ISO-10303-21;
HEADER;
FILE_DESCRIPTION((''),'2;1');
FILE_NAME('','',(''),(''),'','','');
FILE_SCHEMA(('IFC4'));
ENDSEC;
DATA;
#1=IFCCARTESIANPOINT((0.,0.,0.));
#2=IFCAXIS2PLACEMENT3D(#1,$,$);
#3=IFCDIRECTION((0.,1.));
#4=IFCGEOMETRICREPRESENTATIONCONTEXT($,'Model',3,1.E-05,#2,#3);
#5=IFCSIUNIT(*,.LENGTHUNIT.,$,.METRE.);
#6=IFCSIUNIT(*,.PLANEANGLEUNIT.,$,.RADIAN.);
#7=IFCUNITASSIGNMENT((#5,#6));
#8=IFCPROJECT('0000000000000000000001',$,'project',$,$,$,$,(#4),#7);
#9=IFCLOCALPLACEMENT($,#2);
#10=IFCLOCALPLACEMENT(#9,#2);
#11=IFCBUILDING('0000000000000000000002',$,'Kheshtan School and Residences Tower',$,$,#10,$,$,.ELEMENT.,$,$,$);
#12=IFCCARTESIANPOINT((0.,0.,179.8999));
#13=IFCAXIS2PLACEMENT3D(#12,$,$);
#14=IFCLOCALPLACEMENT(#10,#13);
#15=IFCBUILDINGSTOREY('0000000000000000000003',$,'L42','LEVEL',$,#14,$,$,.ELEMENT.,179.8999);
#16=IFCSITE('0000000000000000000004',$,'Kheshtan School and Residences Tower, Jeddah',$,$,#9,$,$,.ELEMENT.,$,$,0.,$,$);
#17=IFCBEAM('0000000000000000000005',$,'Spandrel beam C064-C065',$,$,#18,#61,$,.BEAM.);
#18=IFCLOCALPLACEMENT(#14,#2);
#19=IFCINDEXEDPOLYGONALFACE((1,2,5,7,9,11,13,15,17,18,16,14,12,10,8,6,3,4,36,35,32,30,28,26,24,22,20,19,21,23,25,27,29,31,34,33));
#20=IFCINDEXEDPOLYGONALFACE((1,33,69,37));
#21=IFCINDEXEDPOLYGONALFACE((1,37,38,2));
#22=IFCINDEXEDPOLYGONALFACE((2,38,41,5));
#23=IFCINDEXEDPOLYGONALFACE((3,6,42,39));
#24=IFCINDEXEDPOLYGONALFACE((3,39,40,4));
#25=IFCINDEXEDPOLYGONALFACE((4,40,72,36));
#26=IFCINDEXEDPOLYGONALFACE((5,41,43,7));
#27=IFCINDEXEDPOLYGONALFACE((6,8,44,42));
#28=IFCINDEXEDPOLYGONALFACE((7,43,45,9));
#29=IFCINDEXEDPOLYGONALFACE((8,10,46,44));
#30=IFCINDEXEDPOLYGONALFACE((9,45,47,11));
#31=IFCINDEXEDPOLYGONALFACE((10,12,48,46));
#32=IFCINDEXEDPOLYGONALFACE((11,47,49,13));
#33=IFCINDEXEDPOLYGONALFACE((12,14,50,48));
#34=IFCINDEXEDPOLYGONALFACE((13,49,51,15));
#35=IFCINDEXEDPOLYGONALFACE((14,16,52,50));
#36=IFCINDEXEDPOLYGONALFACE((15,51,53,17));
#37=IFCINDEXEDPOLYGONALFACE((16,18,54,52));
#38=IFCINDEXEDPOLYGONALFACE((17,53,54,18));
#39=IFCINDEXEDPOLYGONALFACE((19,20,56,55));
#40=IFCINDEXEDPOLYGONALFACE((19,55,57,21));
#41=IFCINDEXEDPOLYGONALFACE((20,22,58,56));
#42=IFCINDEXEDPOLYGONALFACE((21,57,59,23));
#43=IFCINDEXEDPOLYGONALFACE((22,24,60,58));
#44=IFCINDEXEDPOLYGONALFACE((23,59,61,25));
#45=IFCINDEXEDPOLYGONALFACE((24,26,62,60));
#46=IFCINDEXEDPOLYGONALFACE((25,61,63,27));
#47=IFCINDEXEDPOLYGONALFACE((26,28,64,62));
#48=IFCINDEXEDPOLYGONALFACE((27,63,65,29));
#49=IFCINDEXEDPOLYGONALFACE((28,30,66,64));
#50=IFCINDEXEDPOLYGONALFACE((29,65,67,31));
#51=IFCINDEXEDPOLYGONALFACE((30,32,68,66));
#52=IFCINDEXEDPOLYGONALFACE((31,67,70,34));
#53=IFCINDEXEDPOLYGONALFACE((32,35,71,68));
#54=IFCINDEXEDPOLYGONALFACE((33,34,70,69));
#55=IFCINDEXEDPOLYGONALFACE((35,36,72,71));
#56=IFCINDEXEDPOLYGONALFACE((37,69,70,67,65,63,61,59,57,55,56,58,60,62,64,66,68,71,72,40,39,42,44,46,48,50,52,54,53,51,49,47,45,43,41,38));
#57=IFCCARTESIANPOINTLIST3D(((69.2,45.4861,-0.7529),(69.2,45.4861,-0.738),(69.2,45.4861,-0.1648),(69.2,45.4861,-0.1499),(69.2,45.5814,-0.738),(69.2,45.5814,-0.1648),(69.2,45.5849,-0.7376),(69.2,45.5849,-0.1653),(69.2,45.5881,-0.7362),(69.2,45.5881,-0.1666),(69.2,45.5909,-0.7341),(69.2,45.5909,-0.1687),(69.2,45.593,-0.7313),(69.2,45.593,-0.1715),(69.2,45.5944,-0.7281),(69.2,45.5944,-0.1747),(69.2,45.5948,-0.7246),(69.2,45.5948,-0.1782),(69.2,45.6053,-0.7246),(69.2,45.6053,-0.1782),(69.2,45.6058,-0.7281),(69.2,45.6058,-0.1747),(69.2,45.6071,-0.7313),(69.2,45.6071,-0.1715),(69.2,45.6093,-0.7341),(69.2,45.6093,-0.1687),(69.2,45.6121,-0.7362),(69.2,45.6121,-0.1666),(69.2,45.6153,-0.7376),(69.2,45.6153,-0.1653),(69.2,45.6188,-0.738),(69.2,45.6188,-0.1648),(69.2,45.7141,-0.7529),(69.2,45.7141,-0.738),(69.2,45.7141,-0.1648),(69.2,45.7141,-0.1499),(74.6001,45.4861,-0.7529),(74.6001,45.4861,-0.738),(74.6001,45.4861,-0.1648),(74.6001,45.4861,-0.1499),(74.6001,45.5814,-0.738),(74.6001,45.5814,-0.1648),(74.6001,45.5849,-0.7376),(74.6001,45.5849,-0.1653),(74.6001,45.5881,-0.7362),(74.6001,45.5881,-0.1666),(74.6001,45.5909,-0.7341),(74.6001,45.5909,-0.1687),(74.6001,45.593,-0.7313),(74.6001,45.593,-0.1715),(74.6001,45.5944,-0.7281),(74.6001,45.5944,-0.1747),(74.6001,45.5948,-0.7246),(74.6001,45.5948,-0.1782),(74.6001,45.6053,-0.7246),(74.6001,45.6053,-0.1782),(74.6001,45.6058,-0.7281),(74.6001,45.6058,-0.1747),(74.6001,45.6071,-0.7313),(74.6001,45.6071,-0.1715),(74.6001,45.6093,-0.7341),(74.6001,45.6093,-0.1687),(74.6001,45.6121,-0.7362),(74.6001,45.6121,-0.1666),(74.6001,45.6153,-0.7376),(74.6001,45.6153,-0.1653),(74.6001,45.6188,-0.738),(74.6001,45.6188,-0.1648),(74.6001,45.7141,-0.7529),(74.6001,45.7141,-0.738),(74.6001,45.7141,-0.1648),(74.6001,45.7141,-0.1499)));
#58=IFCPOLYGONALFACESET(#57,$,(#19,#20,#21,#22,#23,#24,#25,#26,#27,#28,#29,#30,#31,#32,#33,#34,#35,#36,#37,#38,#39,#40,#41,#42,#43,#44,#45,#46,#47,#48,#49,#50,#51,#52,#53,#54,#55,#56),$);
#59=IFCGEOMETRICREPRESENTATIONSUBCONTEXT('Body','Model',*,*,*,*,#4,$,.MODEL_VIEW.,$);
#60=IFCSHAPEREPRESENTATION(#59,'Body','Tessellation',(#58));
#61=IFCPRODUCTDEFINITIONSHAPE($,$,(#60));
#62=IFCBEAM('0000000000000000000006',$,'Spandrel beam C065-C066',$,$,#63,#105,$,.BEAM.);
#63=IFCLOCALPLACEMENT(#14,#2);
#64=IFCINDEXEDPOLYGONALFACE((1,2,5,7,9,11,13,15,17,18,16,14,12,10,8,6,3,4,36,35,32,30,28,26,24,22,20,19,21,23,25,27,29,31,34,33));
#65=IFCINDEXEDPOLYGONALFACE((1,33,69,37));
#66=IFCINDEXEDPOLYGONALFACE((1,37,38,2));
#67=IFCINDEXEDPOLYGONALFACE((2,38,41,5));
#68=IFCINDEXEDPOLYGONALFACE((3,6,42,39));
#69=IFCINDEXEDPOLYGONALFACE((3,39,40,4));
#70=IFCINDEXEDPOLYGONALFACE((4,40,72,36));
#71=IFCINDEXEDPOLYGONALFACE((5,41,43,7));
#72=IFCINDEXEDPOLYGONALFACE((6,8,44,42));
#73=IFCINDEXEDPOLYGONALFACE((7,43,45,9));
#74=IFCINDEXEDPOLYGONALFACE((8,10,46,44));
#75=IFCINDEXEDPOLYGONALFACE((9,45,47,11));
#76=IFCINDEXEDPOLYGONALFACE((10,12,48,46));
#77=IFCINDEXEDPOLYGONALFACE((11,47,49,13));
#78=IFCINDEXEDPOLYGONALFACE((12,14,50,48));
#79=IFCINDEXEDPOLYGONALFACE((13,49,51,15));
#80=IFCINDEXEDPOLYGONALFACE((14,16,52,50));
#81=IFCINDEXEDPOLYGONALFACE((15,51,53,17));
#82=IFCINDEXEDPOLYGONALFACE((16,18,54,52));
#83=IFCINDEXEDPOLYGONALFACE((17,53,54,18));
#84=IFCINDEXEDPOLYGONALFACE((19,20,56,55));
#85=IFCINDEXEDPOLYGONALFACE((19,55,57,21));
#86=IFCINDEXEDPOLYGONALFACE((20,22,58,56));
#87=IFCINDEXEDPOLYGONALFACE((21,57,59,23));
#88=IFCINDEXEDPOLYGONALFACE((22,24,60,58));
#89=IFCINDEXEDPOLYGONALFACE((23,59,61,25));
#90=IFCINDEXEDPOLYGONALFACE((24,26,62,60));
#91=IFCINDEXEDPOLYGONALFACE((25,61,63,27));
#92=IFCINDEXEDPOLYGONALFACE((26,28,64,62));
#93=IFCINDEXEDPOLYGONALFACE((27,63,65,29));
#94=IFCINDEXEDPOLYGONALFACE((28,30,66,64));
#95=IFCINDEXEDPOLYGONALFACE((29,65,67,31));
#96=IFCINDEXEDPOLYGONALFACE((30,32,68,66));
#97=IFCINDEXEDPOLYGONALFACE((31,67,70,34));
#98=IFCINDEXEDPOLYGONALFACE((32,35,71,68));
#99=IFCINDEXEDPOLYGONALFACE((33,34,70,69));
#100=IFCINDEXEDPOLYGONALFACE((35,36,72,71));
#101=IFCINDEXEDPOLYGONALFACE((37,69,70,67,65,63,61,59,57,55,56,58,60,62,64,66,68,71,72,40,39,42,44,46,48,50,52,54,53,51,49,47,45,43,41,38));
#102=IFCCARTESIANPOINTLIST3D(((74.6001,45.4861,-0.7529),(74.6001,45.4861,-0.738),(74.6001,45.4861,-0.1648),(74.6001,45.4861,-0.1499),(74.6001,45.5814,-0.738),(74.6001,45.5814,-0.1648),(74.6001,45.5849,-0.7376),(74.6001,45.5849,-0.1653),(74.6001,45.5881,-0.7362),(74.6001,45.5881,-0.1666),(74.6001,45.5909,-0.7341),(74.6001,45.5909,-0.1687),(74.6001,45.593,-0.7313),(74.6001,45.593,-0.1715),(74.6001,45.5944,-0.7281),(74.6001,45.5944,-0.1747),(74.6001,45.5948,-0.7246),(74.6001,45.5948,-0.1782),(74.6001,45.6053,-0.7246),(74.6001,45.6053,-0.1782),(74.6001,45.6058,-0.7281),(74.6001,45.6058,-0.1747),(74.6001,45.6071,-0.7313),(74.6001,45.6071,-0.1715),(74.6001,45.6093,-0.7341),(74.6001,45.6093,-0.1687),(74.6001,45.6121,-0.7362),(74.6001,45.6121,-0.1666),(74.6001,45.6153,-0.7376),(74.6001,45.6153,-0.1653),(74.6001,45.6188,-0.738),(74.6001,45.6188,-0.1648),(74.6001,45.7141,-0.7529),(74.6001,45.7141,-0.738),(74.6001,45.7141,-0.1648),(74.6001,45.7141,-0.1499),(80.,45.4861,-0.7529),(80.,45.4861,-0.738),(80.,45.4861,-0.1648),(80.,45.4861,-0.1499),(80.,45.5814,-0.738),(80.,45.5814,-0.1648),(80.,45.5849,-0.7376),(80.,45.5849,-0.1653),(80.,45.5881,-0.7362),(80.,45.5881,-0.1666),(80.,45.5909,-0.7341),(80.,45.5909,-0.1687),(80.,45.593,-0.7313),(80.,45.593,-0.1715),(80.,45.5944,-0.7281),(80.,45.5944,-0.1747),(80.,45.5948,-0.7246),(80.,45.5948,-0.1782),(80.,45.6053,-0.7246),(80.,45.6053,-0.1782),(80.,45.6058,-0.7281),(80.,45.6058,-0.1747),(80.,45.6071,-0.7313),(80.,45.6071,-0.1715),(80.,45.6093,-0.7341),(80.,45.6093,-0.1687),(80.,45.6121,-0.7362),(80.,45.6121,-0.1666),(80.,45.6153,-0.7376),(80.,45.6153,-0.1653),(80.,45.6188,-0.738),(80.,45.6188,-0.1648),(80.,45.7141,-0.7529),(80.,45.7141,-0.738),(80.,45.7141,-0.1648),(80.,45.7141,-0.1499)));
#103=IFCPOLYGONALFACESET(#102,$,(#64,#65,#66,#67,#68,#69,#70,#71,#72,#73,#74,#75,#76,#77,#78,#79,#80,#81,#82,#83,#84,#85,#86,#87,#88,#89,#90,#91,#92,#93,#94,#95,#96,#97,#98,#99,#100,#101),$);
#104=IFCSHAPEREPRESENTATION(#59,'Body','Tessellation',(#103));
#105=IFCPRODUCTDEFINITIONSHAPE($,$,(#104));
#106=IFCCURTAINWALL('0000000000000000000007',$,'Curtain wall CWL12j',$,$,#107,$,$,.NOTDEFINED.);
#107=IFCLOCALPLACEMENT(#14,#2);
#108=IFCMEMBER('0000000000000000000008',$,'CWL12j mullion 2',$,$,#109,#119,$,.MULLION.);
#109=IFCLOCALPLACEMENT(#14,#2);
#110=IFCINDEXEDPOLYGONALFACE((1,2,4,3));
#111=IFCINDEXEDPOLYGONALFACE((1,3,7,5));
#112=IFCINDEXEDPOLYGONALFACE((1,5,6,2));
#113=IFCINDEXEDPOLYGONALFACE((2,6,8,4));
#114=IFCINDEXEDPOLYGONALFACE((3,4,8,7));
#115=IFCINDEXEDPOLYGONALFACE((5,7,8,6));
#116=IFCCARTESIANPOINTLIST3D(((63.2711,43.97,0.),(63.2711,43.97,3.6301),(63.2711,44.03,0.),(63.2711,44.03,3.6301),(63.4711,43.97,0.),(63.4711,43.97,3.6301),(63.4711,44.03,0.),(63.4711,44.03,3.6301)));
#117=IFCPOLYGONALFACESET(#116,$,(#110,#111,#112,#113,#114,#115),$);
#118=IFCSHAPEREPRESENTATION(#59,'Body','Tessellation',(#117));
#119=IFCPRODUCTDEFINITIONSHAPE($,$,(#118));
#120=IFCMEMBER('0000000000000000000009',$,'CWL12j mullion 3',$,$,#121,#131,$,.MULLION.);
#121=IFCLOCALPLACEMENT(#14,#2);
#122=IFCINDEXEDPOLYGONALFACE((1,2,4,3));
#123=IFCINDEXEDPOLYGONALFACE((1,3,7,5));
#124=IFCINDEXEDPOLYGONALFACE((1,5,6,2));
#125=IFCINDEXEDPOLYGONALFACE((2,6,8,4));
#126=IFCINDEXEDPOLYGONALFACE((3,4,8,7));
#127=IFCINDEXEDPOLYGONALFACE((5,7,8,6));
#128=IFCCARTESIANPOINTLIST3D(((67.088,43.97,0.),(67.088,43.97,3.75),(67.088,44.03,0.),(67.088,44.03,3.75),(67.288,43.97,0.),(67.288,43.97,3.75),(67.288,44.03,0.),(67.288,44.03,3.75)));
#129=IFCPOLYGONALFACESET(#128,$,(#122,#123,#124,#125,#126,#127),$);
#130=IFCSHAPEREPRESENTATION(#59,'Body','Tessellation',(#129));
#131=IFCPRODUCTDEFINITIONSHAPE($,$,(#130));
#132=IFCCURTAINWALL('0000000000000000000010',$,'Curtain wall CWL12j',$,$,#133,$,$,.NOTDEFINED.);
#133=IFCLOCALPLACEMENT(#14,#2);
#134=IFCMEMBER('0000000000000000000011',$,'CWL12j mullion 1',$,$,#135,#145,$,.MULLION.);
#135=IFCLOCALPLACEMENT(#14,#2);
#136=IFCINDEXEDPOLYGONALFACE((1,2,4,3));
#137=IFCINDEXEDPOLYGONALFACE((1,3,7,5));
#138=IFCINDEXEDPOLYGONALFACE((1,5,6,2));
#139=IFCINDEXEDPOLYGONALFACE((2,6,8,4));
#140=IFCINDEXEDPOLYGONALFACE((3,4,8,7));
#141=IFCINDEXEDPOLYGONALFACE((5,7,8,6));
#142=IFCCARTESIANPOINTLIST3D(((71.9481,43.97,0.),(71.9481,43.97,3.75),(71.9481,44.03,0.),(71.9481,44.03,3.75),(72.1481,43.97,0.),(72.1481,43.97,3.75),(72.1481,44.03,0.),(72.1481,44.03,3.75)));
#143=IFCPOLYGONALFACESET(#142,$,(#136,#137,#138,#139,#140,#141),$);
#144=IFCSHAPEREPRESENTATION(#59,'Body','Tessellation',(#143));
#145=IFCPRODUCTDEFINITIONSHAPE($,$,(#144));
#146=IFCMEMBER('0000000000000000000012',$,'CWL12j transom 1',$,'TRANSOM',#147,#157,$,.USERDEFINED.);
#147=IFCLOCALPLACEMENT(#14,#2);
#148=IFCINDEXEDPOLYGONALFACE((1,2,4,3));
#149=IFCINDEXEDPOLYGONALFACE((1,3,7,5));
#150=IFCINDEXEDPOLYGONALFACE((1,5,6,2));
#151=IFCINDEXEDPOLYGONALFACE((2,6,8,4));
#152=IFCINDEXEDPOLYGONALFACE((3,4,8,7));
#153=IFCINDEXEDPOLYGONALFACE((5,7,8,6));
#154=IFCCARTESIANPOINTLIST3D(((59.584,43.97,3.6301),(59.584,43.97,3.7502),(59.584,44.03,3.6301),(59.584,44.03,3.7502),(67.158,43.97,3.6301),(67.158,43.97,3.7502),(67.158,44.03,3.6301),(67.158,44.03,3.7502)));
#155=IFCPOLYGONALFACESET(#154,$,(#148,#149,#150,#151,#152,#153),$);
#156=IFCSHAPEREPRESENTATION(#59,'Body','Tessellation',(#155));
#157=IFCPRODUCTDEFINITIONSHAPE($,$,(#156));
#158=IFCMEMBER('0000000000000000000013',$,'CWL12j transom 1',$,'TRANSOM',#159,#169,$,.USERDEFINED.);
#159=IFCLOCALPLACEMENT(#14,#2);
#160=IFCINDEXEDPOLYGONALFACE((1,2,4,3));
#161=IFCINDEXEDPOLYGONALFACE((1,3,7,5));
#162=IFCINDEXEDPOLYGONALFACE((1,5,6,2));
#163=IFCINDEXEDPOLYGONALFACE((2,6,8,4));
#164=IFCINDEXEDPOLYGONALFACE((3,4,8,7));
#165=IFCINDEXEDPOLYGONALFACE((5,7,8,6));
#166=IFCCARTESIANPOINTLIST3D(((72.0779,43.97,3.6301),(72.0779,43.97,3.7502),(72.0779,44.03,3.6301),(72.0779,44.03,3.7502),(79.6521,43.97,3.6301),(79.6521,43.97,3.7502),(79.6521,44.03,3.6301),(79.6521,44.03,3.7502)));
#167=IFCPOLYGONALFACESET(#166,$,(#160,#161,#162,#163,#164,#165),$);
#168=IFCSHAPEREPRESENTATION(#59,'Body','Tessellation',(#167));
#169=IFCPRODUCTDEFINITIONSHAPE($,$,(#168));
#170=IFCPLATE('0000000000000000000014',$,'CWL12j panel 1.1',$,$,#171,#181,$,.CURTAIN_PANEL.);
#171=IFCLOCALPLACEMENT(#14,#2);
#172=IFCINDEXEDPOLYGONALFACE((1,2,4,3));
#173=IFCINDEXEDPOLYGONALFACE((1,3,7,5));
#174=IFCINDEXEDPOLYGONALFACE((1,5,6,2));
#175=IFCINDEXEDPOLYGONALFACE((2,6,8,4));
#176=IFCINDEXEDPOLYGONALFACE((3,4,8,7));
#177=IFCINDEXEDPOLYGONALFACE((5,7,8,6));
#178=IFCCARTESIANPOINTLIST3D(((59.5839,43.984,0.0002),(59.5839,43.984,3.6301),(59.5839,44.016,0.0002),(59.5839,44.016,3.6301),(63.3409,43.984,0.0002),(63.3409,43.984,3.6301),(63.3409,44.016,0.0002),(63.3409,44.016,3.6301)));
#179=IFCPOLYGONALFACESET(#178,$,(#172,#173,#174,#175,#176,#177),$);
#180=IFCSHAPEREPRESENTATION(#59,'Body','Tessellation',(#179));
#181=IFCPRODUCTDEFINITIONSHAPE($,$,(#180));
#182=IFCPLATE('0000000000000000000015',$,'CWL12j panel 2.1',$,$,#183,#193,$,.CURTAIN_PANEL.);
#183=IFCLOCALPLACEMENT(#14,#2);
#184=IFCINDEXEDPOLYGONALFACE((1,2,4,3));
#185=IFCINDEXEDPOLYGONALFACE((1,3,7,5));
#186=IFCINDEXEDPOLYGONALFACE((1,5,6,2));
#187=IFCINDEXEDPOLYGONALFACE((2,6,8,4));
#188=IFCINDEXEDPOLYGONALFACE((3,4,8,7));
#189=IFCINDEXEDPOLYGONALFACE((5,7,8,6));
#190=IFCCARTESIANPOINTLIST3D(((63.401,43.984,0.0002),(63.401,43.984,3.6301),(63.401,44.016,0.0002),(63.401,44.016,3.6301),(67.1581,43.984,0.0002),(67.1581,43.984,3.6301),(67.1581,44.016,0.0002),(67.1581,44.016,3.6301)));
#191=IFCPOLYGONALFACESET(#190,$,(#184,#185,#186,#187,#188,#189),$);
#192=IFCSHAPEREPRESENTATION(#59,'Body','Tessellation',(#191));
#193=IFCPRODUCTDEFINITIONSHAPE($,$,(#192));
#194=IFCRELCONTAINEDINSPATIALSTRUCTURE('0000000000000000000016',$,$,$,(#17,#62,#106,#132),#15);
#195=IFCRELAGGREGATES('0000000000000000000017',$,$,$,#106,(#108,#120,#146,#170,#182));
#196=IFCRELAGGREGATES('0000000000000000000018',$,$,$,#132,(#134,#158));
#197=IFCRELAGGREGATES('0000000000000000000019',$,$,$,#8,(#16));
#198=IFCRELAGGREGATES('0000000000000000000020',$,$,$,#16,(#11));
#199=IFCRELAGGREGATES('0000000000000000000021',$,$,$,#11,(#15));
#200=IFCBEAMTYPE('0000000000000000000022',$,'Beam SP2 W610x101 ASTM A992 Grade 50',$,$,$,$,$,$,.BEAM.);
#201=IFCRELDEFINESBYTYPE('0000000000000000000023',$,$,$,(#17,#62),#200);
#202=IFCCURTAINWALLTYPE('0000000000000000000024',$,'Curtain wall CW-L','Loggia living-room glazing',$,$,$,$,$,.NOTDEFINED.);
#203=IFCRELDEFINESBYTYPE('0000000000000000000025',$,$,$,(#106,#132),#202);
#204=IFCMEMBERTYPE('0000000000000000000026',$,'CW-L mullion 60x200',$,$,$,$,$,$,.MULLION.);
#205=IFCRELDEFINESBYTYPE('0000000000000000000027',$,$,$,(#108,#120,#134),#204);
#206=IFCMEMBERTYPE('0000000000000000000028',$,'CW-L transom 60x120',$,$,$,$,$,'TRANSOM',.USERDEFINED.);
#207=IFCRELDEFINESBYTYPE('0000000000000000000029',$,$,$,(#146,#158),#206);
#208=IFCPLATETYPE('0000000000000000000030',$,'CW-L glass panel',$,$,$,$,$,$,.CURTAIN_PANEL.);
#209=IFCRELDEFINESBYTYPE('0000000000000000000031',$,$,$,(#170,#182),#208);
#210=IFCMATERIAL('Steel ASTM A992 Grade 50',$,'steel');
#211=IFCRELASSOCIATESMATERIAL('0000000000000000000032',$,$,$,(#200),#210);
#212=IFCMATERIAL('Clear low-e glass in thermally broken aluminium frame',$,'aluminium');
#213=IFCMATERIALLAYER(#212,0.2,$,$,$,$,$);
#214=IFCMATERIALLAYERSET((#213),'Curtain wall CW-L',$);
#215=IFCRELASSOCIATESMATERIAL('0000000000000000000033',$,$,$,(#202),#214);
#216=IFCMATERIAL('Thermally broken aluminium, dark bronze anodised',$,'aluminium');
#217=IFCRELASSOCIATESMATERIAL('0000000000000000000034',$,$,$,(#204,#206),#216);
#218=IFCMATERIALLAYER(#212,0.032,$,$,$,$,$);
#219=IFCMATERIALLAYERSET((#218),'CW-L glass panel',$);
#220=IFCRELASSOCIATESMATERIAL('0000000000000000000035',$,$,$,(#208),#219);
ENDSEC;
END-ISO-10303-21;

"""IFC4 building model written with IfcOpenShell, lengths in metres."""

from ifc_helpers import new_model, si_unit, direction, frame, origin, origin_2d, place, context, subcontext, project, spatial, rectangle, i_section, extrude, material, layer, layer_set, material_profile, profile_set, type_object, element, aggregate, save


model = new_model("IFC4")

# Units and contexts
model_context = context("Model", 3, precision=1e-05, world=origin(), true_north=direction((0.0, 1.0)))
body_context = subcontext(model_context, "Body", "Model", "MODEL_VIEW")
ifc_project = project(units=[si_unit("LENGTHUNIT", "METRE"), si_unit("PLANEANGLEUNIT", "RADIAN")], contexts=[model_context])

# Site, building, storey
site_placement = place(None, origin())
site = spatial("IfcSite", under=ifc_project, at=site_placement, Name="Kheshtan School and Residences Tower, Jeddah", CompositionType="ELEMENT", RefElevation=0.0)
building_placement = place(site_placement, origin())
building = spatial("IfcBuilding", under=site, at=building_placement, Name="Kheshtan School and Residences Tower", CompositionType="ELEMENT")
storey_placement = place(building_placement, frame((0.0, 0.0, 179.8999)))
storey = spatial("IfcBuildingStorey", under=building, at=storey_placement, Name="L42", Description="LEVEL", CompositionType="ELEMENT", Elevation=179.8999)

# Shared definitions
ifc_material_1 = material(Name="Steel ASTM A992 Grade 50", Category="steel")

# Beams
ifc_material_profile_1 = material_profile(ifc_material_1, i_section(OverallWidth=0.228, OverallDepth=0.603, WebThickness=0.0105, FlangeThickness=0.0149, FilletRadius=0.0134, at=origin_2d()), Name="W610x101")
ifc_profile_set_1 = profile_set([ifc_material_profile_1], Name="Steel ASTM A992 Grade 50")
beam_type_1 = type_object("IfcBeamType", Name="Beam SP2 W610x101 ASTM A992 Grade 50", PredefinedType="BEAM", material=ifc_profile_set_1)
beam_1_placement = place(storey_placement, frame((69.2, 45.6001, -0.4514), z_axis=(1.0, 0.0, 0.0), x_axis=(0.0, 1.0, 0.0)))
element("IfcBeam", 1, at=beam_1_placement, inside=storey, type_object=beam_type_1, Name="Spandrel beam C064-C065", PredefinedType="BEAM", context=body_context, shape_type="SweptSolid", body=[
    extrude(i_section(OverallWidth=0.228, OverallDepth=0.603, WebThickness=0.0105, FlangeThickness=0.0149, FilletRadius=0.0134, at=origin_2d()), origin(), (0.0, 0.0, 1.0), 5.4001),
])
beam_2_placement = place(storey_placement, frame((74.6001, 45.6001, -0.4514), z_axis=(1.0, 0.0, 0.0), x_axis=(0.0, 1.0, 0.0)))
element("IfcBeam", 2, at=beam_2_placement, inside=storey, type_object=beam_type_1, Name="Spandrel beam C065-C066", PredefinedType="BEAM", context=body_context, shape_type="SweptSolid", body=[
    extrude(i_section(OverallWidth=0.228, OverallDepth=0.603, WebThickness=0.0105, FlangeThickness=0.0149, FilletRadius=0.0134, at=origin_2d()), origin(), (0.0, 0.0, 1.0), 5.3999),
])

# Curtain wall, members
ifc_material_2 = material(Name="Clear low-e glass in thermally broken aluminium frame", Category="aluminium")
ifc_layer_1 = layer(ifc_material_2, 0.2)
ifc_layer_set_1 = layer_set([ifc_layer_1], Name="Curtain wall CW-L")
curtain_wall_type = type_object("IfcCurtainWallType", Name="Curtain wall CW-L", Description="Loggia living-room glazing", PredefinedType="NOTDEFINED", material=ifc_layer_set_1)
curtain_wall_1_placement = place(storey_placement, origin())
curtain_wall_1 = element("IfcCurtainWall", 3, at=curtain_wall_1_placement, inside=storey, type_object=curtain_wall_type, Name="Curtain wall CWL12j", PredefinedType="NOTDEFINED")
ifc_material_3 = material(Name="Thermally broken aluminium, dark bronze anodised", Category="aluminium")
ifc_material_profile_2 = material_profile(ifc_material_3, rectangle(XDim=0.0601, YDim=0.2, at=origin_2d()), Name="CW-L mullion 60x200")
ifc_profile_set_2 = profile_set([ifc_material_profile_2], Name="Thermally broken aluminium, dark bronze anodised")
member_type_1 = type_object("IfcMemberType", Name="CW-L mullion 60x200", PredefinedType="MULLION", material=ifc_profile_set_2)
member_1_placement = place(storey_placement, frame((63.3711, 44.0, 0.0), z_axis=(0.0, 0.0, 1.0), x_axis=(0.0, 1.0, 0.0)))
member_1 = element("IfcMember", 4, at=member_1_placement, type_object=member_type_1, Name="CWL12j mullion 2", PredefinedType="MULLION", context=body_context, shape_type="SweptSolid", body=[
    extrude(rectangle(XDim=0.0601, YDim=0.2, at=origin_2d()), origin(), (0.0, 0.0, 1.0), 3.6301),
])
member_2_placement = place(storey_placement, frame((67.188, 44.0, 0.0), z_axis=(0.0, 0.0, 1.0), x_axis=(0.0, 1.0, 0.0)))
member_2 = element("IfcMember", 5, at=member_2_placement, type_object=member_type_1, Name="CWL12j mullion 3", PredefinedType="MULLION", context=body_context, shape_type="SweptSolid", body=[
    extrude(rectangle(XDim=0.0601, YDim=0.2, at=origin_2d()), origin(), (0.0, 0.0, 1.0), 3.75),
])

# Curtain wall, member
curtain_wall_2_placement = place(storey_placement, origin())
curtain_wall_2 = element("IfcCurtainWall", 6, at=curtain_wall_2_placement, inside=storey, type_object=curtain_wall_type, Name="Curtain wall CWL12j", PredefinedType="NOTDEFINED")
member_3_placement = place(storey_placement, frame((72.0481, 44.0, 0.0), z_axis=(0.0, 0.0, 1.0), x_axis=(0.0, 1.0, 0.0)))
member_3 = element("IfcMember", 7, at=member_3_placement, type_object=member_type_1, Name="CWL12j mullion 1", PredefinedType="MULLION", context=body_context, shape_type="SweptSolid", body=[
    extrude(rectangle(XDim=0.0601, YDim=0.2, at=origin_2d()), origin(), (0.0, 0.0, 1.0), 3.75),
])

# Members
ifc_material_profile_3 = material_profile(ifc_material_3, rectangle(XDim=0.0601, YDim=0.1201, at=origin_2d()), Name="CW-L transom 60x120")
ifc_profile_set_3 = profile_set([ifc_material_profile_3], Name="Thermally broken aluminium, dark bronze anodised")
member_type_2 = type_object("IfcMemberType", Name="CW-L transom 60x120", ElementType="TRANSOM", PredefinedType="USERDEFINED", material=ifc_profile_set_3)
member_4_placement = place(storey_placement, frame((59.584, 44.0, 3.6902), z_axis=(1.0, 0.0, 0.0), x_axis=(0.0, 1.0, 0.0)))
member_4 = element("IfcMember", 8, at=member_4_placement, type_object=member_type_2, Name="CWL12j transom 1", ObjectType="TRANSOM", PredefinedType="USERDEFINED", context=body_context, shape_type="SweptSolid", body=[
    extrude(rectangle(XDim=0.0601, YDim=0.1201, at=origin_2d()), origin(), (0.0, 0.0, 1.0), 7.574),
])
member_5_placement = place(storey_placement, frame((72.0779, 44.0, 3.6902), z_axis=(1.0, 0.0, 0.0), x_axis=(0.0, 1.0, 0.0)))
member_5 = element("IfcMember", 9, at=member_5_placement, type_object=member_type_2, Name="CWL12j transom 1", ObjectType="TRANSOM", PredefinedType="USERDEFINED", context=body_context, shape_type="SweptSolid", body=[
    extrude(rectangle(XDim=0.0601, YDim=0.1201, at=origin_2d()), origin(), (0.0, 0.0, 1.0), 7.5742),
])

# Plates
ifc_layer_2 = layer(ifc_material_2, 0.032)
ifc_layer_set_2 = layer_set([ifc_layer_2], Name="CW-L glass panel")
plate_type = type_object("IfcPlateType", Name="CW-L glass panel", PredefinedType="CURTAIN_PANEL", material=ifc_layer_set_2)
plate_1_placement = place(storey_placement, frame((61.4624, 44.0, 0.0002), z_axis=(0.0, 0.0, 1.0), x_axis=(1.0, 0.0, 0.0)))
plate_1 = element("IfcPlate", 10, at=plate_1_placement, type_object=plate_type, Name="CWL12j panel 1.1", PredefinedType="CURTAIN_PANEL", context=body_context, shape_type="SweptSolid", body=[
    extrude(rectangle(XDim=3.7571, YDim=0.032, at=origin_2d()), origin(), (0.0, 0.0, 1.0), 3.6299),
])
plate_2_placement = place(storey_placement, frame((65.2795, 44.0, 0.0002), z_axis=(0.0, 0.0, 1.0), x_axis=(1.0, 0.0, 0.0)))
plate_2 = element("IfcPlate", 11, at=plate_2_placement, type_object=plate_type, Name="CWL12j panel 2.1", PredefinedType="CURTAIN_PANEL", context=body_context, shape_type="SweptSolid", body=[
    extrude(rectangle(XDim=3.7571, YDim=0.032, at=origin_2d()), origin(), (0.0, 0.0, 1.0), 3.6299),
])
aggregate(curtain_wall_1, [member_1, member_2, member_4, plate_1, plate_2])
aggregate(curtain_wall_2, [member_3, member_5])

save(model, "model.ifc")
